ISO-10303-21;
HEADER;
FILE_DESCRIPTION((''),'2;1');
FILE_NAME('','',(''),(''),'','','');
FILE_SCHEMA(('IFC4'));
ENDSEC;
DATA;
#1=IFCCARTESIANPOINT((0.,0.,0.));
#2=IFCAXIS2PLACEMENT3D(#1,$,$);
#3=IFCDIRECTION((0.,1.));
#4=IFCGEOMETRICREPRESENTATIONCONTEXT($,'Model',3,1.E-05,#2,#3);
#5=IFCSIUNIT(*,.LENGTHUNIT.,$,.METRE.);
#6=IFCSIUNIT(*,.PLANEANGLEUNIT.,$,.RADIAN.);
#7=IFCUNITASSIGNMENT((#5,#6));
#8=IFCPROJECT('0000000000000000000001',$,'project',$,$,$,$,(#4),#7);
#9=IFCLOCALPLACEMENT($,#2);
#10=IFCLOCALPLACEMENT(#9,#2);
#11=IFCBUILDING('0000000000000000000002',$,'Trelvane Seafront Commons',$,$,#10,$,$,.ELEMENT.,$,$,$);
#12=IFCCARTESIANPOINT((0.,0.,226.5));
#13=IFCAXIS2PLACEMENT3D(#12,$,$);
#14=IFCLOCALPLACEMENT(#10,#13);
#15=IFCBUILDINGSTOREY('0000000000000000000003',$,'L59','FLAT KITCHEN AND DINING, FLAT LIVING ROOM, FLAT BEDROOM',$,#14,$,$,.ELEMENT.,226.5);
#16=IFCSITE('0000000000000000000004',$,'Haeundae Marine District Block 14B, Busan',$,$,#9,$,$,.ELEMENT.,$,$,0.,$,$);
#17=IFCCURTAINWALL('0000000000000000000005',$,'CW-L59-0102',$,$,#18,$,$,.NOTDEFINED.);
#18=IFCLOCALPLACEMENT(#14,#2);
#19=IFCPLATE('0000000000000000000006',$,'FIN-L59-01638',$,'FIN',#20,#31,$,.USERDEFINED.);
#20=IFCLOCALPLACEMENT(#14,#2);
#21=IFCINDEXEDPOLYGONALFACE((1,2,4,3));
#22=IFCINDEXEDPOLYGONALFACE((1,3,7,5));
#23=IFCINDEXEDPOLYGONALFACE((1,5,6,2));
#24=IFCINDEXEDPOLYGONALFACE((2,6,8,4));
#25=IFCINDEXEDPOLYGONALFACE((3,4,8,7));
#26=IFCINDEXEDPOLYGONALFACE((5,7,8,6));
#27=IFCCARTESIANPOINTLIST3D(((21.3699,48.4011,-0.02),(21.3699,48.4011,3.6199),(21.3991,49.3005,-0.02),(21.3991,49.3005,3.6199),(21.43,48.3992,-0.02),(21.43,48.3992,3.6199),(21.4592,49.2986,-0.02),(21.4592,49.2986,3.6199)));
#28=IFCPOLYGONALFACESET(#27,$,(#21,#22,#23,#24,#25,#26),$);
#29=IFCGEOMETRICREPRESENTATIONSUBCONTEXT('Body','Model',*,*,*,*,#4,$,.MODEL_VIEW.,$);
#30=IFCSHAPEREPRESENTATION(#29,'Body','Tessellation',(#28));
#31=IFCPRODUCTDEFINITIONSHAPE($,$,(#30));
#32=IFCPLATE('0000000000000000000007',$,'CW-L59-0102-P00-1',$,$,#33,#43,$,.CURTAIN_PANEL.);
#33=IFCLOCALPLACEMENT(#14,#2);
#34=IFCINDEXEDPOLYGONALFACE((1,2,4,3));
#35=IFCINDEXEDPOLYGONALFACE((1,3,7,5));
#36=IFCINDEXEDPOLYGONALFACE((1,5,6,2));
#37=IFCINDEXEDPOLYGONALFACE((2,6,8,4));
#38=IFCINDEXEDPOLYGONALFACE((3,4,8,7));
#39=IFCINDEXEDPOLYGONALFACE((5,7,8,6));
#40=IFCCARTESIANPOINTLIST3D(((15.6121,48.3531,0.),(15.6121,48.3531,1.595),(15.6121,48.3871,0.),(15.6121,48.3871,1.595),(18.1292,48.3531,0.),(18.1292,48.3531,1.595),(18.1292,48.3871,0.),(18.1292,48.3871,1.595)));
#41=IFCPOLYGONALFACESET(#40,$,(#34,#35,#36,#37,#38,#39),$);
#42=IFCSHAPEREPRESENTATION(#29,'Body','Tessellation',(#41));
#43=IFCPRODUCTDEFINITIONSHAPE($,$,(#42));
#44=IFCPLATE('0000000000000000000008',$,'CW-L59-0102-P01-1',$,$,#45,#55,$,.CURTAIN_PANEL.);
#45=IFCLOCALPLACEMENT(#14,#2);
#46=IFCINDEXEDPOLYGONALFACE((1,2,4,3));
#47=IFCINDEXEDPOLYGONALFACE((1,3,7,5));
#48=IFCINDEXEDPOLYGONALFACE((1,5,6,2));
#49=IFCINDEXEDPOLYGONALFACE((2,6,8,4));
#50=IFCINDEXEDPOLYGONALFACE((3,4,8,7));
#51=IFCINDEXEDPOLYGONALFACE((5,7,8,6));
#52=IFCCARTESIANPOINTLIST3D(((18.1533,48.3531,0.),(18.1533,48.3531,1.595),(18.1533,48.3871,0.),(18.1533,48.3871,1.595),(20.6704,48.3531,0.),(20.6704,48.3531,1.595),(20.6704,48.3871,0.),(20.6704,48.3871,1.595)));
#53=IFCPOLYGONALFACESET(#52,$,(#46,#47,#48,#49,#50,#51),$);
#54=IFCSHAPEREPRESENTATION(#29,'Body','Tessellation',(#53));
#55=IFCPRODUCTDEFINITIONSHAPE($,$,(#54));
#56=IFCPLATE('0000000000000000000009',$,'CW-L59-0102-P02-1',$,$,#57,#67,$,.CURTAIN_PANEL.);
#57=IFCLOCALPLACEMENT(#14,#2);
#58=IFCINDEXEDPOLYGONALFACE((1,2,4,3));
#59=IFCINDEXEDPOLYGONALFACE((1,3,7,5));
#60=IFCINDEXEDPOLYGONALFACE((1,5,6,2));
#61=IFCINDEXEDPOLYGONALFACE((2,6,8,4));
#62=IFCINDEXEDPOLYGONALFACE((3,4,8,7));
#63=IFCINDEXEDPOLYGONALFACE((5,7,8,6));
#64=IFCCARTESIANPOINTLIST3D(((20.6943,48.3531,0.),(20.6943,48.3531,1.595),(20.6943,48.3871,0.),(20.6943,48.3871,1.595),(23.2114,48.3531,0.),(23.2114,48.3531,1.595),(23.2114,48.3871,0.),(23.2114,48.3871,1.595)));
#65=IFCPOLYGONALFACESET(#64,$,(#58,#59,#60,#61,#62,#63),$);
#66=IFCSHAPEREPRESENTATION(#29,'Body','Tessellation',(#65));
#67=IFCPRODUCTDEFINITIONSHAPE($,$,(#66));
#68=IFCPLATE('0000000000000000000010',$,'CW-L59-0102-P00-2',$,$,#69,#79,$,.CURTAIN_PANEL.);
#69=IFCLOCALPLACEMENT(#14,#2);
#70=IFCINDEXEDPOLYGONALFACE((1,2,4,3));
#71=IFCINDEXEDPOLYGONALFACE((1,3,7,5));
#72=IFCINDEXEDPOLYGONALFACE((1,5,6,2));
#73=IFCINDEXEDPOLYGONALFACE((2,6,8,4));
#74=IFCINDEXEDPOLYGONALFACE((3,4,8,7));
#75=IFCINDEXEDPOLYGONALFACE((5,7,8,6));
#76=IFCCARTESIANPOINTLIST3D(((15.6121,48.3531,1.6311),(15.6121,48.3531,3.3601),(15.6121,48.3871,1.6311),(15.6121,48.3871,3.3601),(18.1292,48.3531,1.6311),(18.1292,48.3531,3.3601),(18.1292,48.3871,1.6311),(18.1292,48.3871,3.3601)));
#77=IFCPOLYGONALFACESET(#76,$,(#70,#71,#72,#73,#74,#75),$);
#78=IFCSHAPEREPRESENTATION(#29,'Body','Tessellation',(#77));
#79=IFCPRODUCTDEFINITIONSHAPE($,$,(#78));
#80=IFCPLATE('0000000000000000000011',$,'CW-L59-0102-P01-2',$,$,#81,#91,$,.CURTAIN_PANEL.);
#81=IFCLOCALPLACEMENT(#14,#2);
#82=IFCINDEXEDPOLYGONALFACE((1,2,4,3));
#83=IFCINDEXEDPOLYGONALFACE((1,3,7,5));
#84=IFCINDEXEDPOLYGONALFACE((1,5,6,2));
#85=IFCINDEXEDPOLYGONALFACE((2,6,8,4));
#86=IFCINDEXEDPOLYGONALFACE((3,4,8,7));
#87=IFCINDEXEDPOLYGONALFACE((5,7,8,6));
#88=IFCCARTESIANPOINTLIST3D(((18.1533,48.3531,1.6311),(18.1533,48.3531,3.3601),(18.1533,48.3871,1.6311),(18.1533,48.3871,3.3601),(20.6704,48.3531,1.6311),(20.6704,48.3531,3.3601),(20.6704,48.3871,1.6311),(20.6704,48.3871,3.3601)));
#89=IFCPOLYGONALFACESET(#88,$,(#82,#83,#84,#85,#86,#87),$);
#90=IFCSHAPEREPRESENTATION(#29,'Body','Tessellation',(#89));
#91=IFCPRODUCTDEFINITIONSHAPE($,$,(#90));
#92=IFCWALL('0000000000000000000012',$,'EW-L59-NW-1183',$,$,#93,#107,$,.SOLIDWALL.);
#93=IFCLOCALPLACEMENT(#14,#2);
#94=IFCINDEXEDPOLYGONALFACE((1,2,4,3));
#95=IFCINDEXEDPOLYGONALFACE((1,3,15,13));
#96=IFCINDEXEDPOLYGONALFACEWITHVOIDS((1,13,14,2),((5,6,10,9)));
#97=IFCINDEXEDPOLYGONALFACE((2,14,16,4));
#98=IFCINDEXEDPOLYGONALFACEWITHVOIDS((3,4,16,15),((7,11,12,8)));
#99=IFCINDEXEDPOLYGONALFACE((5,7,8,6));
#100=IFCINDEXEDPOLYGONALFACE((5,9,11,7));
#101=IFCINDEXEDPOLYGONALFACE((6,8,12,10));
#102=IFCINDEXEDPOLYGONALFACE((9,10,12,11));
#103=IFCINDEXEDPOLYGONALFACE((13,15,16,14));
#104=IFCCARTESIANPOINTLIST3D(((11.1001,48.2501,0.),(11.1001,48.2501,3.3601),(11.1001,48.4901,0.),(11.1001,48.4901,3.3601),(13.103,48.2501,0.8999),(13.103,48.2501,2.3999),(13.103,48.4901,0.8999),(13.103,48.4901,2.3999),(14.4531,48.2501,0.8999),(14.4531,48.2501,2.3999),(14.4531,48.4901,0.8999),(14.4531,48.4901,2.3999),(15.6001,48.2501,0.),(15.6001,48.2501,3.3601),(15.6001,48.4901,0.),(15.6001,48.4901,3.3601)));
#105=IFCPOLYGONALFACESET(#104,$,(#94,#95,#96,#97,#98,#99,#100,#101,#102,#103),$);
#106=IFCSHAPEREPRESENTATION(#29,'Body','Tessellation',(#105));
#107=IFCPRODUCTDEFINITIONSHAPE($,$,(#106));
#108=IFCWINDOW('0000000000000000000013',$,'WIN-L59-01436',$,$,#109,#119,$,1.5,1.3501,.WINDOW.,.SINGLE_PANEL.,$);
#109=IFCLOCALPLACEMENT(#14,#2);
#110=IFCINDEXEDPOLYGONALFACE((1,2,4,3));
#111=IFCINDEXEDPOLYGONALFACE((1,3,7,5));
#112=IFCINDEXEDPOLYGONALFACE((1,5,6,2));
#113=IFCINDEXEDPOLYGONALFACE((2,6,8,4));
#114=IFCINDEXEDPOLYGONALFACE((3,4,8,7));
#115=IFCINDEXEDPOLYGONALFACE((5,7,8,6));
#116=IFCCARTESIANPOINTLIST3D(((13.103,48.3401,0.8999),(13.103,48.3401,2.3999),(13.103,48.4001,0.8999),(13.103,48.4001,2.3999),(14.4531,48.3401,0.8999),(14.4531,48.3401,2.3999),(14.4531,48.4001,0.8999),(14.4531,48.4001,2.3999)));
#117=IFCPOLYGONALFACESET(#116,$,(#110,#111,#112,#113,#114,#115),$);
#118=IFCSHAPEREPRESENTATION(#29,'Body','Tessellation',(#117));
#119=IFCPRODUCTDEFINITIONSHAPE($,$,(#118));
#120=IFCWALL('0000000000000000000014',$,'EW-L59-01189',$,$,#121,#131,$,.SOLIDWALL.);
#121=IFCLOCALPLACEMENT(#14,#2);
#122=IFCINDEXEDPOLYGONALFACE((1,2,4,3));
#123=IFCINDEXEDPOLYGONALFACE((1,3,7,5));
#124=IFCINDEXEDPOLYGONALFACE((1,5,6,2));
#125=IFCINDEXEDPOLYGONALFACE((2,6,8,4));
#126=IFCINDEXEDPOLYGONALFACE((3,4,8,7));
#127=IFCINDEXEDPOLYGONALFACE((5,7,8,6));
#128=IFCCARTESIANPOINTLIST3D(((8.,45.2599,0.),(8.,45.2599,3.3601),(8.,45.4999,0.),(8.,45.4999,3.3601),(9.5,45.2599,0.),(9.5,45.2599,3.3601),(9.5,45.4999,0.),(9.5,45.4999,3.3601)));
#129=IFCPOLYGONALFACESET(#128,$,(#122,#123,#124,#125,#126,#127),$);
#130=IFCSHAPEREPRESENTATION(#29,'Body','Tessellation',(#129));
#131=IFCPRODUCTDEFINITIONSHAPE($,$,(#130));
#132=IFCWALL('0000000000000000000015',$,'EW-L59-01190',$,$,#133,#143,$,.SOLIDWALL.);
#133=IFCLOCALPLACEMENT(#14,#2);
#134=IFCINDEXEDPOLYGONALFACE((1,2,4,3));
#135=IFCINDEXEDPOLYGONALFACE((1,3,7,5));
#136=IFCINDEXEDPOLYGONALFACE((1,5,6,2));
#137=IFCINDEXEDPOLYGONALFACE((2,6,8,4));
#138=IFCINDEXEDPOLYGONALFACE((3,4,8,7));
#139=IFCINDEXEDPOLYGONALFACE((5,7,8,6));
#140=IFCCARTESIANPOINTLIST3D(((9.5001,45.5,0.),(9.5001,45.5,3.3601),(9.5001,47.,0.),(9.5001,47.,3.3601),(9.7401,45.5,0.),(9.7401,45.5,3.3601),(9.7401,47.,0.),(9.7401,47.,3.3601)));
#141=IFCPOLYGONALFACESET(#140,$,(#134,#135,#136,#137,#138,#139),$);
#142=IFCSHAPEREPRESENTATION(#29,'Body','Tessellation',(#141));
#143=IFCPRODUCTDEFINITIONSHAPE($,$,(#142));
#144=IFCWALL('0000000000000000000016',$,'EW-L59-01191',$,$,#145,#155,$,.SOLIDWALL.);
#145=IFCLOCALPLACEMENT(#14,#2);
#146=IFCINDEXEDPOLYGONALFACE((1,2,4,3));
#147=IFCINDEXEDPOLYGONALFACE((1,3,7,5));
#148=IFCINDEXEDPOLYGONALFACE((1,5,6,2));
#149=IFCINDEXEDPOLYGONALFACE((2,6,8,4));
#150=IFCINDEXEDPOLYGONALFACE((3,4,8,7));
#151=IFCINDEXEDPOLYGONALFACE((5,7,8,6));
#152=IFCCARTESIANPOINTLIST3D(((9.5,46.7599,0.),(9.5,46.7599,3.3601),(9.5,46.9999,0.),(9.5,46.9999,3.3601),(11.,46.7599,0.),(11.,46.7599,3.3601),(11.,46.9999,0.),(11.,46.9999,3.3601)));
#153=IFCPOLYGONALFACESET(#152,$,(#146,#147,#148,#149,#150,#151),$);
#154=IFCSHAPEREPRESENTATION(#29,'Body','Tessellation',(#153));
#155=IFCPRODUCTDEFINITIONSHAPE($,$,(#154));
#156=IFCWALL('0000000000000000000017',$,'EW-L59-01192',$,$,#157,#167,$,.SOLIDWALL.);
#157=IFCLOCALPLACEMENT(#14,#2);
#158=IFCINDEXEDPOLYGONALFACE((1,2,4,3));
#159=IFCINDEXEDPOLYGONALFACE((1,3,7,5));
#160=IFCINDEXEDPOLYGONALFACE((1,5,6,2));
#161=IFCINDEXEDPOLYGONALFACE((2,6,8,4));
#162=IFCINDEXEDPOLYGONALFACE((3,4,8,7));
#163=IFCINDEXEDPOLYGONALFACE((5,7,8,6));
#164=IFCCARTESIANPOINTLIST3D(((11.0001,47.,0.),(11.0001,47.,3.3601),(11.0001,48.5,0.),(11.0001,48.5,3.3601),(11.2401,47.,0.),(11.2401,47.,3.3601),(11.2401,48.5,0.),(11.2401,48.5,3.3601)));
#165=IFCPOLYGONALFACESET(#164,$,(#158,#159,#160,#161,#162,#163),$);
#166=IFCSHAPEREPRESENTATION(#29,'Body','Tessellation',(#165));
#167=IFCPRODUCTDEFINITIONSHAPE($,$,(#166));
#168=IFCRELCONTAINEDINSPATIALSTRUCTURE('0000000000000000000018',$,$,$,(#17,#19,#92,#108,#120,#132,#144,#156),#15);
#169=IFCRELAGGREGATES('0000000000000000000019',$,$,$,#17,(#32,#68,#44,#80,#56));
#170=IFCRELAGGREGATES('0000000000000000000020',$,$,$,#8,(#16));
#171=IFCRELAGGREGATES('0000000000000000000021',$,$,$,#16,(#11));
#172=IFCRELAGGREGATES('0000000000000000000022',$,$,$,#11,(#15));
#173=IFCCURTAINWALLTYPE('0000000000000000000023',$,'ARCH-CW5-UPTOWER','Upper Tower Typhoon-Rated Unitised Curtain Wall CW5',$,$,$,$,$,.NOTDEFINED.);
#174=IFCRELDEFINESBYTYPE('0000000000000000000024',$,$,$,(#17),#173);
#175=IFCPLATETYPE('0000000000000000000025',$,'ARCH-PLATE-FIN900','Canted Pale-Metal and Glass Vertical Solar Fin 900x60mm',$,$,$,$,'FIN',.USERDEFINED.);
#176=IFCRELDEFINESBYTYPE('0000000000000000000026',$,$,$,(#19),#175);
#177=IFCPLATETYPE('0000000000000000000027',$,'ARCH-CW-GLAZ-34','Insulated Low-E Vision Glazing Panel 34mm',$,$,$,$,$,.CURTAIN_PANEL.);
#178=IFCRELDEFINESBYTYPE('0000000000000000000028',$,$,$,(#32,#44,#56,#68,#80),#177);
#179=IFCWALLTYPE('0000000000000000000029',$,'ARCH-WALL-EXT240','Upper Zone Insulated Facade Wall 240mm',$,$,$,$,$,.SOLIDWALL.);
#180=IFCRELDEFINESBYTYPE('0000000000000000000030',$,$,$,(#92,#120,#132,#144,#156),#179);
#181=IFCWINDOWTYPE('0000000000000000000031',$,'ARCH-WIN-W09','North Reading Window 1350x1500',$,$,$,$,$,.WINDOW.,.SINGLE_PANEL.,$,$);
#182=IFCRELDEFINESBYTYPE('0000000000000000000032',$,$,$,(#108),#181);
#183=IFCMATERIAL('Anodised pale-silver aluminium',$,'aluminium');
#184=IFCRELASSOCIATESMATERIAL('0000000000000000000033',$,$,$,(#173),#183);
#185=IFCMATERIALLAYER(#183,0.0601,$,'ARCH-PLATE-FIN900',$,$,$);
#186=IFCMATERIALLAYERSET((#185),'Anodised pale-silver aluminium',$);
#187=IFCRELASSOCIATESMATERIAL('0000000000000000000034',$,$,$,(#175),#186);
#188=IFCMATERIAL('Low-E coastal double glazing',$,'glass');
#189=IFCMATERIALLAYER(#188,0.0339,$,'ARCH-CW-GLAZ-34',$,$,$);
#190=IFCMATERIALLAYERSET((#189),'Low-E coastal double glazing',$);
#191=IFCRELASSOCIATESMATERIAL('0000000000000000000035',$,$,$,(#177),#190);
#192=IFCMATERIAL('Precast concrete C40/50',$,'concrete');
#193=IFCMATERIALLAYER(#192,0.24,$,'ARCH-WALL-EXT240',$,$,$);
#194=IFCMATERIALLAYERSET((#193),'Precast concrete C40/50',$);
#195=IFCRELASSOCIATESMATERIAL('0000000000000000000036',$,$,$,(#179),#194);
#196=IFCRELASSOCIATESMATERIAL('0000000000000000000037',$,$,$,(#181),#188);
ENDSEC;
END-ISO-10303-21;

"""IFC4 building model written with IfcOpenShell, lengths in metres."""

from ifc_helpers import new_model, si_unit, direction, frame, frame_2d, origin, origin_2d, place, context, subcontext, project, spatial, rectangle, extrude, source, transform, mapped, material, layer, layer_set, type_object, element, fill, aggregate, save


model = new_model("IFC4")

# Units and contexts
model_context = context("Model", 3, precision=1e-05, world=origin(), true_north=direction((0.0, 1.0)))
body_context = subcontext(model_context, "Body", "Model", "MODEL_VIEW")
ifc_project = project(units=[si_unit("LENGTHUNIT", "METRE"), si_unit("PLANEANGLEUNIT", "RADIAN")], contexts=[model_context])

# Site, building, storey
site_placement = place(None, origin())
site = spatial("IfcSite", under=ifc_project, at=site_placement, Name="Haeundae Marine District Block 14B, Busan", CompositionType="ELEMENT", RefElevation=0.0)
building_placement = place(site_placement, origin())
building = spatial("IfcBuilding", under=site, at=building_placement, Name="Trelvane Seafront Commons", CompositionType="ELEMENT")
storey_placement = place(building_placement, frame((0.0, 0.0, 226.5)))
storey = spatial("IfcBuildingStorey", under=building, at=storey_placement, Name="L59", Description="FLAT KITCHEN AND DINING, FLAT LIVING ROOM, FLAT BEDROOM", CompositionType="ELEMENT", Elevation=226.5)

# Curtain wall
ifc_material_1 = material(Name="Anodised pale-silver aluminium", Category="aluminium")
curtain_wall_type = type_object("IfcCurtainWallType", Name="ARCH-CW5-UPTOWER", Description="Upper Tower Typhoon-Rated Unitised Curtain Wall CW5", PredefinedType="NOTDEFINED", material=ifc_material_1)
curtain_wall_placement = place(storey_placement, origin())
curtain_wall = element("IfcCurtainWall", 1, at=curtain_wall_placement, inside=storey, type_object=curtain_wall_type, Name="CW-L59-0102", PredefinedType="NOTDEFINED")

# Plate
ifc_layer_1 = layer(ifc_material_1, 0.0601, Name="ARCH-PLATE-FIN900")
ifc_layer_set_1 = layer_set([ifc_layer_1], Name="Anodised pale-silver aluminium")
plate_type_1 = type_object("IfcPlateType", Name="ARCH-PLATE-FIN900", Description="Canted Pale-Metal and Glass Vertical Solar Fin 900x60mm", ElementType="FIN", PredefinedType="USERDEFINED", material=ifc_layer_set_1)
shared_shape_1 = source(origin(), body_context, "Body", "SweptSolid", [
    extrude(rectangle(XDim=0.8999, YDim=0.0601, at=origin_2d()), origin(), (0.0, 0.0, 1.0), 3.6399),
])
for number, where, z_axis, x_axis, name in (
    (2, (21.4146, 48.8499, -0.02), (0.0, 0.0, 1.0), (0.032445, 0.999474, 0.0), "FIN-L59-01638"),
):
    element("IfcPlate", number, at=place(storey_placement, frame(where, z_axis=z_axis, x_axis=x_axis)), inside=storey, type_object=plate_type_1, Name=name, ObjectType="FIN", PredefinedType="USERDEFINED", context=body_context, shape_type="MappedRepresentation", body=[
        mapped(shared_shape_1, transform((0.0, 0.0, 0.0), x_axis=(1.0, 0.0, 0.0), y_axis=(0.0, 1.0, 0.0), z_axis=(0.0, 0.0, 1.0), scale=1.0)),
    ])

# Plates
ifc_material_2 = material(Name="Low-E coastal double glazing", Category="glass")
ifc_layer_2 = layer(ifc_material_2, 0.0339, Name="ARCH-CW-GLAZ-34")
ifc_layer_set_2 = layer_set([ifc_layer_2], Name="Low-E coastal double glazing")
plate_type_2 = type_object("IfcPlateType", Name="ARCH-CW-GLAZ-34", Description="Insulated Low-E Vision Glazing Panel 34mm", PredefinedType="CURTAIN_PANEL", material=ifc_layer_set_2)
shared_shape_2 = source(origin(), body_context, "Body", "SweptSolid", [
    extrude(rectangle(XDim=2.5171, YDim=0.0339, at=origin_2d()), origin(), (0.0, 0.0, 1.0), 1.595),
])
plate_1_placement = place(storey_placement, frame((16.8706, 48.3701, 0.0), z_axis=(0.0, 0.0, 1.0), x_axis=(1.0, 0.0, 0.0)))
plate_1 = element("IfcPlate", 3, at=plate_1_placement, type_object=plate_type_2, Name="CW-L59-0102-P00-1", PredefinedType="CURTAIN_PANEL", context=body_context, shape_type="MappedRepresentation", body=[
    mapped(shared_shape_2, transform((0.0, 0.0, 0.0), x_axis=(1.0, 0.0, 0.0), y_axis=(0.0, 1.0, 0.0), z_axis=(0.0, 0.0, 1.0), scale=1.0)),
])
plate_2_placement = place(storey_placement, frame((19.4119, 48.3701, 0.0), z_axis=(0.0, 0.0, 1.0), x_axis=(1.0, 0.0, 0.0)))
plate_2 = element("IfcPlate", 4, at=plate_2_placement, type_object=plate_type_2, Name="CW-L59-0102-P01-1", PredefinedType="CURTAIN_PANEL", context=body_context, shape_type="MappedRepresentation", body=[
    mapped(shared_shape_2, transform((0.0, 0.0, 0.0), x_axis=(1.0, 0.0, 0.0), y_axis=(0.0, 1.0, 0.0), z_axis=(0.0, 0.0, 1.0), scale=1.0)),
])
plate_3_placement = place(storey_placement, frame((21.9529, 48.3701, 0.0), z_axis=(0.0, 0.0, 1.0), x_axis=(1.0, 0.0, 0.0)))
plate_3 = element("IfcPlate", 5, at=plate_3_placement, type_object=plate_type_2, Name="CW-L59-0102-P02-1", PredefinedType="CURTAIN_PANEL", context=body_context, shape_type="MappedRepresentation", body=[
    mapped(shared_shape_2, transform((0.0, 0.0, 0.0), x_axis=(1.0, 0.0, 0.0), y_axis=(0.0, 1.0, 0.0), z_axis=(0.0, 0.0, 1.0), scale=1.0)),
])
shared_shape_3 = source(origin(), body_context, "Body", "SweptSolid", [
    extrude(rectangle(XDim=2.5171, YDim=0.0339, at=origin_2d()), origin(), (0.0, 0.0, 1.0), 1.729),
])
plate_4_placement = place(storey_placement, frame((16.8706, 48.3701, 1.6311), z_axis=(0.0, 0.0, 1.0), x_axis=(1.0, 0.0, 0.0)))
plate_4 = element("IfcPlate", 6, at=plate_4_placement, type_object=plate_type_2, Name="CW-L59-0102-P00-2", PredefinedType="CURTAIN_PANEL", context=body_context, shape_type="MappedRepresentation", body=[
    mapped(shared_shape_3, transform((0.0, 0.0, 0.0), x_axis=(1.0, 0.0, 0.0), y_axis=(0.0, 1.0, 0.0), z_axis=(0.0, 0.0, 1.0), scale=1.0)),
])
plate_5_placement = place(storey_placement, frame((19.4119, 48.3701, 1.6311), z_axis=(0.0, 0.0, 1.0), x_axis=(1.0, 0.0, 0.0)))
plate_5 = element("IfcPlate", 7, at=plate_5_placement, type_object=plate_type_2, Name="CW-L59-0102-P01-2", PredefinedType="CURTAIN_PANEL", context=body_context, shape_type="MappedRepresentation", body=[
    mapped(shared_shape_3, transform((0.0, 0.0, 0.0), x_axis=(1.0, 0.0, 0.0), y_axis=(0.0, 1.0, 0.0), z_axis=(0.0, 0.0, 1.0), scale=1.0)),
])
aggregate(curtain_wall, [plate_1, plate_4, plate_2, plate_5, plate_3])

# Wall, opening, window
ifc_material_3 = material(Name="Precast concrete C40/50", Category="concrete")
ifc_layer_3 = layer(ifc_material_3, 0.24, Name="ARCH-WALL-EXT240")
ifc_layer_set_3 = layer_set([ifc_layer_3], Name="Precast concrete C40/50")
wall_type = type_object("IfcWallType", Name="ARCH-WALL-EXT240", Description="Upper Zone Insulated Facade Wall 240mm", PredefinedType="SOLIDWALL", material=ifc_layer_set_3)
wall_placement = place(storey_placement, frame((11.1001, 48.3701, 0.0), z_axis=(0.0, 0.0, 1.0), x_axis=(1.0, 0.0, 0.0)))
wall = element("IfcWall", 8, at=wall_placement, inside=storey, type_object=wall_type, Name="EW-L59-NW-1183", PredefinedType="SOLIDWALL", context=body_context, shape_type="SweptSolid", body=[
    extrude(rectangle(XDim=4.5, YDim=0.24, at=frame_2d((2.25, 0.0))), origin(), (0.0, 0.0, 1.0), 3.3601),
])
opening_placement = place(wall_placement, frame((2.0029, 0.0, 0.8999)))
opening = element("IfcOpeningElement", 9, at=opening_placement, cuts=wall, PredefinedType="OPENING", context=body_context, shape_type="SweptSolid", body=[
    extrude(rectangle(XDim=1.3501, YDim=1.5, at=frame_2d((0.675, 0.75))), frame((0.0, 0.1299, 0.0), z_axis=(0.0, -1.0, 0.0), x_axis=(1.0, 0.0, 0.0)), (0.0, 0.0, 1.0), 0.26),
])
window_type = type_object("IfcWindowType", Name="ARCH-WIN-W09", Description="North Reading Window 1350x1500", PartitioningType="SINGLE_PANEL", PredefinedType="WINDOW", material=ifc_material_2)
shared_shape_4 = source(origin(), body_context, "Body", "SweptSolid", [
    extrude(rectangle(XDim=1.3501, YDim=1.5, at=frame_2d((0.675, 0.75))), frame((0.0, 0.03, 0.0), z_axis=(0.0, -1.0, 0.0), x_axis=(1.0, 0.0, 0.0)), (0.0, 0.0, 1.0), 0.0601),
])
window_placement = place(opening_placement, origin())
window = element("IfcWindow", 10, at=window_placement, inside=storey, type_object=window_type, Name="WIN-L59-01436", OverallHeight=1.5, OverallWidth=1.3501, PartitioningType="SINGLE_PANEL", PredefinedType="WINDOW", context=body_context, shape_type="MappedRepresentation", body=[
    mapped(shared_shape_4, transform((0.0, 0.0, 0.0), x_axis=(1.0, 0.0, 0.0), y_axis=(0.0, 1.0, 0.0), z_axis=(0.0, 0.0, 1.0), scale=1.0)),
])
fill(opening, window)

# Walls
for number, where, z_axis, x_axis, name in (
    (11, (8.0, 45.3799, 0.0), (0.0, 0.0, 1.0), (1.0, 0.0, 0.0), "EW-L59-01189"),
    (12, (9.6201, 45.5, 0.0), (0.0, 0.0, 1.0), (0.0, 1.0, 0.0), "EW-L59-01190"),
    (13, (9.5, 46.8799, 0.0), (0.0, 0.0, 1.0), (1.0, 0.0, 0.0), "EW-L59-01191"),
    (14, (11.1201, 47.0, 0.0), (0.0, 0.0, 1.0), (0.0, 1.0, 0.0), "EW-L59-01192"),
):
    element("IfcWall", number, at=place(storey_placement, frame(where, z_axis=z_axis, x_axis=x_axis)), inside=storey, type_object=wall_type, Name=name, PredefinedType="SOLIDWALL", context=body_context, shape_type="SweptSolid", body=[
        extrude(rectangle(XDim=1.5, YDim=0.24, at=frame_2d((0.75, 0.0))), origin(), (0.0, 0.0, 1.0), 3.3601),
    ])

save(model, "model.ifc")
